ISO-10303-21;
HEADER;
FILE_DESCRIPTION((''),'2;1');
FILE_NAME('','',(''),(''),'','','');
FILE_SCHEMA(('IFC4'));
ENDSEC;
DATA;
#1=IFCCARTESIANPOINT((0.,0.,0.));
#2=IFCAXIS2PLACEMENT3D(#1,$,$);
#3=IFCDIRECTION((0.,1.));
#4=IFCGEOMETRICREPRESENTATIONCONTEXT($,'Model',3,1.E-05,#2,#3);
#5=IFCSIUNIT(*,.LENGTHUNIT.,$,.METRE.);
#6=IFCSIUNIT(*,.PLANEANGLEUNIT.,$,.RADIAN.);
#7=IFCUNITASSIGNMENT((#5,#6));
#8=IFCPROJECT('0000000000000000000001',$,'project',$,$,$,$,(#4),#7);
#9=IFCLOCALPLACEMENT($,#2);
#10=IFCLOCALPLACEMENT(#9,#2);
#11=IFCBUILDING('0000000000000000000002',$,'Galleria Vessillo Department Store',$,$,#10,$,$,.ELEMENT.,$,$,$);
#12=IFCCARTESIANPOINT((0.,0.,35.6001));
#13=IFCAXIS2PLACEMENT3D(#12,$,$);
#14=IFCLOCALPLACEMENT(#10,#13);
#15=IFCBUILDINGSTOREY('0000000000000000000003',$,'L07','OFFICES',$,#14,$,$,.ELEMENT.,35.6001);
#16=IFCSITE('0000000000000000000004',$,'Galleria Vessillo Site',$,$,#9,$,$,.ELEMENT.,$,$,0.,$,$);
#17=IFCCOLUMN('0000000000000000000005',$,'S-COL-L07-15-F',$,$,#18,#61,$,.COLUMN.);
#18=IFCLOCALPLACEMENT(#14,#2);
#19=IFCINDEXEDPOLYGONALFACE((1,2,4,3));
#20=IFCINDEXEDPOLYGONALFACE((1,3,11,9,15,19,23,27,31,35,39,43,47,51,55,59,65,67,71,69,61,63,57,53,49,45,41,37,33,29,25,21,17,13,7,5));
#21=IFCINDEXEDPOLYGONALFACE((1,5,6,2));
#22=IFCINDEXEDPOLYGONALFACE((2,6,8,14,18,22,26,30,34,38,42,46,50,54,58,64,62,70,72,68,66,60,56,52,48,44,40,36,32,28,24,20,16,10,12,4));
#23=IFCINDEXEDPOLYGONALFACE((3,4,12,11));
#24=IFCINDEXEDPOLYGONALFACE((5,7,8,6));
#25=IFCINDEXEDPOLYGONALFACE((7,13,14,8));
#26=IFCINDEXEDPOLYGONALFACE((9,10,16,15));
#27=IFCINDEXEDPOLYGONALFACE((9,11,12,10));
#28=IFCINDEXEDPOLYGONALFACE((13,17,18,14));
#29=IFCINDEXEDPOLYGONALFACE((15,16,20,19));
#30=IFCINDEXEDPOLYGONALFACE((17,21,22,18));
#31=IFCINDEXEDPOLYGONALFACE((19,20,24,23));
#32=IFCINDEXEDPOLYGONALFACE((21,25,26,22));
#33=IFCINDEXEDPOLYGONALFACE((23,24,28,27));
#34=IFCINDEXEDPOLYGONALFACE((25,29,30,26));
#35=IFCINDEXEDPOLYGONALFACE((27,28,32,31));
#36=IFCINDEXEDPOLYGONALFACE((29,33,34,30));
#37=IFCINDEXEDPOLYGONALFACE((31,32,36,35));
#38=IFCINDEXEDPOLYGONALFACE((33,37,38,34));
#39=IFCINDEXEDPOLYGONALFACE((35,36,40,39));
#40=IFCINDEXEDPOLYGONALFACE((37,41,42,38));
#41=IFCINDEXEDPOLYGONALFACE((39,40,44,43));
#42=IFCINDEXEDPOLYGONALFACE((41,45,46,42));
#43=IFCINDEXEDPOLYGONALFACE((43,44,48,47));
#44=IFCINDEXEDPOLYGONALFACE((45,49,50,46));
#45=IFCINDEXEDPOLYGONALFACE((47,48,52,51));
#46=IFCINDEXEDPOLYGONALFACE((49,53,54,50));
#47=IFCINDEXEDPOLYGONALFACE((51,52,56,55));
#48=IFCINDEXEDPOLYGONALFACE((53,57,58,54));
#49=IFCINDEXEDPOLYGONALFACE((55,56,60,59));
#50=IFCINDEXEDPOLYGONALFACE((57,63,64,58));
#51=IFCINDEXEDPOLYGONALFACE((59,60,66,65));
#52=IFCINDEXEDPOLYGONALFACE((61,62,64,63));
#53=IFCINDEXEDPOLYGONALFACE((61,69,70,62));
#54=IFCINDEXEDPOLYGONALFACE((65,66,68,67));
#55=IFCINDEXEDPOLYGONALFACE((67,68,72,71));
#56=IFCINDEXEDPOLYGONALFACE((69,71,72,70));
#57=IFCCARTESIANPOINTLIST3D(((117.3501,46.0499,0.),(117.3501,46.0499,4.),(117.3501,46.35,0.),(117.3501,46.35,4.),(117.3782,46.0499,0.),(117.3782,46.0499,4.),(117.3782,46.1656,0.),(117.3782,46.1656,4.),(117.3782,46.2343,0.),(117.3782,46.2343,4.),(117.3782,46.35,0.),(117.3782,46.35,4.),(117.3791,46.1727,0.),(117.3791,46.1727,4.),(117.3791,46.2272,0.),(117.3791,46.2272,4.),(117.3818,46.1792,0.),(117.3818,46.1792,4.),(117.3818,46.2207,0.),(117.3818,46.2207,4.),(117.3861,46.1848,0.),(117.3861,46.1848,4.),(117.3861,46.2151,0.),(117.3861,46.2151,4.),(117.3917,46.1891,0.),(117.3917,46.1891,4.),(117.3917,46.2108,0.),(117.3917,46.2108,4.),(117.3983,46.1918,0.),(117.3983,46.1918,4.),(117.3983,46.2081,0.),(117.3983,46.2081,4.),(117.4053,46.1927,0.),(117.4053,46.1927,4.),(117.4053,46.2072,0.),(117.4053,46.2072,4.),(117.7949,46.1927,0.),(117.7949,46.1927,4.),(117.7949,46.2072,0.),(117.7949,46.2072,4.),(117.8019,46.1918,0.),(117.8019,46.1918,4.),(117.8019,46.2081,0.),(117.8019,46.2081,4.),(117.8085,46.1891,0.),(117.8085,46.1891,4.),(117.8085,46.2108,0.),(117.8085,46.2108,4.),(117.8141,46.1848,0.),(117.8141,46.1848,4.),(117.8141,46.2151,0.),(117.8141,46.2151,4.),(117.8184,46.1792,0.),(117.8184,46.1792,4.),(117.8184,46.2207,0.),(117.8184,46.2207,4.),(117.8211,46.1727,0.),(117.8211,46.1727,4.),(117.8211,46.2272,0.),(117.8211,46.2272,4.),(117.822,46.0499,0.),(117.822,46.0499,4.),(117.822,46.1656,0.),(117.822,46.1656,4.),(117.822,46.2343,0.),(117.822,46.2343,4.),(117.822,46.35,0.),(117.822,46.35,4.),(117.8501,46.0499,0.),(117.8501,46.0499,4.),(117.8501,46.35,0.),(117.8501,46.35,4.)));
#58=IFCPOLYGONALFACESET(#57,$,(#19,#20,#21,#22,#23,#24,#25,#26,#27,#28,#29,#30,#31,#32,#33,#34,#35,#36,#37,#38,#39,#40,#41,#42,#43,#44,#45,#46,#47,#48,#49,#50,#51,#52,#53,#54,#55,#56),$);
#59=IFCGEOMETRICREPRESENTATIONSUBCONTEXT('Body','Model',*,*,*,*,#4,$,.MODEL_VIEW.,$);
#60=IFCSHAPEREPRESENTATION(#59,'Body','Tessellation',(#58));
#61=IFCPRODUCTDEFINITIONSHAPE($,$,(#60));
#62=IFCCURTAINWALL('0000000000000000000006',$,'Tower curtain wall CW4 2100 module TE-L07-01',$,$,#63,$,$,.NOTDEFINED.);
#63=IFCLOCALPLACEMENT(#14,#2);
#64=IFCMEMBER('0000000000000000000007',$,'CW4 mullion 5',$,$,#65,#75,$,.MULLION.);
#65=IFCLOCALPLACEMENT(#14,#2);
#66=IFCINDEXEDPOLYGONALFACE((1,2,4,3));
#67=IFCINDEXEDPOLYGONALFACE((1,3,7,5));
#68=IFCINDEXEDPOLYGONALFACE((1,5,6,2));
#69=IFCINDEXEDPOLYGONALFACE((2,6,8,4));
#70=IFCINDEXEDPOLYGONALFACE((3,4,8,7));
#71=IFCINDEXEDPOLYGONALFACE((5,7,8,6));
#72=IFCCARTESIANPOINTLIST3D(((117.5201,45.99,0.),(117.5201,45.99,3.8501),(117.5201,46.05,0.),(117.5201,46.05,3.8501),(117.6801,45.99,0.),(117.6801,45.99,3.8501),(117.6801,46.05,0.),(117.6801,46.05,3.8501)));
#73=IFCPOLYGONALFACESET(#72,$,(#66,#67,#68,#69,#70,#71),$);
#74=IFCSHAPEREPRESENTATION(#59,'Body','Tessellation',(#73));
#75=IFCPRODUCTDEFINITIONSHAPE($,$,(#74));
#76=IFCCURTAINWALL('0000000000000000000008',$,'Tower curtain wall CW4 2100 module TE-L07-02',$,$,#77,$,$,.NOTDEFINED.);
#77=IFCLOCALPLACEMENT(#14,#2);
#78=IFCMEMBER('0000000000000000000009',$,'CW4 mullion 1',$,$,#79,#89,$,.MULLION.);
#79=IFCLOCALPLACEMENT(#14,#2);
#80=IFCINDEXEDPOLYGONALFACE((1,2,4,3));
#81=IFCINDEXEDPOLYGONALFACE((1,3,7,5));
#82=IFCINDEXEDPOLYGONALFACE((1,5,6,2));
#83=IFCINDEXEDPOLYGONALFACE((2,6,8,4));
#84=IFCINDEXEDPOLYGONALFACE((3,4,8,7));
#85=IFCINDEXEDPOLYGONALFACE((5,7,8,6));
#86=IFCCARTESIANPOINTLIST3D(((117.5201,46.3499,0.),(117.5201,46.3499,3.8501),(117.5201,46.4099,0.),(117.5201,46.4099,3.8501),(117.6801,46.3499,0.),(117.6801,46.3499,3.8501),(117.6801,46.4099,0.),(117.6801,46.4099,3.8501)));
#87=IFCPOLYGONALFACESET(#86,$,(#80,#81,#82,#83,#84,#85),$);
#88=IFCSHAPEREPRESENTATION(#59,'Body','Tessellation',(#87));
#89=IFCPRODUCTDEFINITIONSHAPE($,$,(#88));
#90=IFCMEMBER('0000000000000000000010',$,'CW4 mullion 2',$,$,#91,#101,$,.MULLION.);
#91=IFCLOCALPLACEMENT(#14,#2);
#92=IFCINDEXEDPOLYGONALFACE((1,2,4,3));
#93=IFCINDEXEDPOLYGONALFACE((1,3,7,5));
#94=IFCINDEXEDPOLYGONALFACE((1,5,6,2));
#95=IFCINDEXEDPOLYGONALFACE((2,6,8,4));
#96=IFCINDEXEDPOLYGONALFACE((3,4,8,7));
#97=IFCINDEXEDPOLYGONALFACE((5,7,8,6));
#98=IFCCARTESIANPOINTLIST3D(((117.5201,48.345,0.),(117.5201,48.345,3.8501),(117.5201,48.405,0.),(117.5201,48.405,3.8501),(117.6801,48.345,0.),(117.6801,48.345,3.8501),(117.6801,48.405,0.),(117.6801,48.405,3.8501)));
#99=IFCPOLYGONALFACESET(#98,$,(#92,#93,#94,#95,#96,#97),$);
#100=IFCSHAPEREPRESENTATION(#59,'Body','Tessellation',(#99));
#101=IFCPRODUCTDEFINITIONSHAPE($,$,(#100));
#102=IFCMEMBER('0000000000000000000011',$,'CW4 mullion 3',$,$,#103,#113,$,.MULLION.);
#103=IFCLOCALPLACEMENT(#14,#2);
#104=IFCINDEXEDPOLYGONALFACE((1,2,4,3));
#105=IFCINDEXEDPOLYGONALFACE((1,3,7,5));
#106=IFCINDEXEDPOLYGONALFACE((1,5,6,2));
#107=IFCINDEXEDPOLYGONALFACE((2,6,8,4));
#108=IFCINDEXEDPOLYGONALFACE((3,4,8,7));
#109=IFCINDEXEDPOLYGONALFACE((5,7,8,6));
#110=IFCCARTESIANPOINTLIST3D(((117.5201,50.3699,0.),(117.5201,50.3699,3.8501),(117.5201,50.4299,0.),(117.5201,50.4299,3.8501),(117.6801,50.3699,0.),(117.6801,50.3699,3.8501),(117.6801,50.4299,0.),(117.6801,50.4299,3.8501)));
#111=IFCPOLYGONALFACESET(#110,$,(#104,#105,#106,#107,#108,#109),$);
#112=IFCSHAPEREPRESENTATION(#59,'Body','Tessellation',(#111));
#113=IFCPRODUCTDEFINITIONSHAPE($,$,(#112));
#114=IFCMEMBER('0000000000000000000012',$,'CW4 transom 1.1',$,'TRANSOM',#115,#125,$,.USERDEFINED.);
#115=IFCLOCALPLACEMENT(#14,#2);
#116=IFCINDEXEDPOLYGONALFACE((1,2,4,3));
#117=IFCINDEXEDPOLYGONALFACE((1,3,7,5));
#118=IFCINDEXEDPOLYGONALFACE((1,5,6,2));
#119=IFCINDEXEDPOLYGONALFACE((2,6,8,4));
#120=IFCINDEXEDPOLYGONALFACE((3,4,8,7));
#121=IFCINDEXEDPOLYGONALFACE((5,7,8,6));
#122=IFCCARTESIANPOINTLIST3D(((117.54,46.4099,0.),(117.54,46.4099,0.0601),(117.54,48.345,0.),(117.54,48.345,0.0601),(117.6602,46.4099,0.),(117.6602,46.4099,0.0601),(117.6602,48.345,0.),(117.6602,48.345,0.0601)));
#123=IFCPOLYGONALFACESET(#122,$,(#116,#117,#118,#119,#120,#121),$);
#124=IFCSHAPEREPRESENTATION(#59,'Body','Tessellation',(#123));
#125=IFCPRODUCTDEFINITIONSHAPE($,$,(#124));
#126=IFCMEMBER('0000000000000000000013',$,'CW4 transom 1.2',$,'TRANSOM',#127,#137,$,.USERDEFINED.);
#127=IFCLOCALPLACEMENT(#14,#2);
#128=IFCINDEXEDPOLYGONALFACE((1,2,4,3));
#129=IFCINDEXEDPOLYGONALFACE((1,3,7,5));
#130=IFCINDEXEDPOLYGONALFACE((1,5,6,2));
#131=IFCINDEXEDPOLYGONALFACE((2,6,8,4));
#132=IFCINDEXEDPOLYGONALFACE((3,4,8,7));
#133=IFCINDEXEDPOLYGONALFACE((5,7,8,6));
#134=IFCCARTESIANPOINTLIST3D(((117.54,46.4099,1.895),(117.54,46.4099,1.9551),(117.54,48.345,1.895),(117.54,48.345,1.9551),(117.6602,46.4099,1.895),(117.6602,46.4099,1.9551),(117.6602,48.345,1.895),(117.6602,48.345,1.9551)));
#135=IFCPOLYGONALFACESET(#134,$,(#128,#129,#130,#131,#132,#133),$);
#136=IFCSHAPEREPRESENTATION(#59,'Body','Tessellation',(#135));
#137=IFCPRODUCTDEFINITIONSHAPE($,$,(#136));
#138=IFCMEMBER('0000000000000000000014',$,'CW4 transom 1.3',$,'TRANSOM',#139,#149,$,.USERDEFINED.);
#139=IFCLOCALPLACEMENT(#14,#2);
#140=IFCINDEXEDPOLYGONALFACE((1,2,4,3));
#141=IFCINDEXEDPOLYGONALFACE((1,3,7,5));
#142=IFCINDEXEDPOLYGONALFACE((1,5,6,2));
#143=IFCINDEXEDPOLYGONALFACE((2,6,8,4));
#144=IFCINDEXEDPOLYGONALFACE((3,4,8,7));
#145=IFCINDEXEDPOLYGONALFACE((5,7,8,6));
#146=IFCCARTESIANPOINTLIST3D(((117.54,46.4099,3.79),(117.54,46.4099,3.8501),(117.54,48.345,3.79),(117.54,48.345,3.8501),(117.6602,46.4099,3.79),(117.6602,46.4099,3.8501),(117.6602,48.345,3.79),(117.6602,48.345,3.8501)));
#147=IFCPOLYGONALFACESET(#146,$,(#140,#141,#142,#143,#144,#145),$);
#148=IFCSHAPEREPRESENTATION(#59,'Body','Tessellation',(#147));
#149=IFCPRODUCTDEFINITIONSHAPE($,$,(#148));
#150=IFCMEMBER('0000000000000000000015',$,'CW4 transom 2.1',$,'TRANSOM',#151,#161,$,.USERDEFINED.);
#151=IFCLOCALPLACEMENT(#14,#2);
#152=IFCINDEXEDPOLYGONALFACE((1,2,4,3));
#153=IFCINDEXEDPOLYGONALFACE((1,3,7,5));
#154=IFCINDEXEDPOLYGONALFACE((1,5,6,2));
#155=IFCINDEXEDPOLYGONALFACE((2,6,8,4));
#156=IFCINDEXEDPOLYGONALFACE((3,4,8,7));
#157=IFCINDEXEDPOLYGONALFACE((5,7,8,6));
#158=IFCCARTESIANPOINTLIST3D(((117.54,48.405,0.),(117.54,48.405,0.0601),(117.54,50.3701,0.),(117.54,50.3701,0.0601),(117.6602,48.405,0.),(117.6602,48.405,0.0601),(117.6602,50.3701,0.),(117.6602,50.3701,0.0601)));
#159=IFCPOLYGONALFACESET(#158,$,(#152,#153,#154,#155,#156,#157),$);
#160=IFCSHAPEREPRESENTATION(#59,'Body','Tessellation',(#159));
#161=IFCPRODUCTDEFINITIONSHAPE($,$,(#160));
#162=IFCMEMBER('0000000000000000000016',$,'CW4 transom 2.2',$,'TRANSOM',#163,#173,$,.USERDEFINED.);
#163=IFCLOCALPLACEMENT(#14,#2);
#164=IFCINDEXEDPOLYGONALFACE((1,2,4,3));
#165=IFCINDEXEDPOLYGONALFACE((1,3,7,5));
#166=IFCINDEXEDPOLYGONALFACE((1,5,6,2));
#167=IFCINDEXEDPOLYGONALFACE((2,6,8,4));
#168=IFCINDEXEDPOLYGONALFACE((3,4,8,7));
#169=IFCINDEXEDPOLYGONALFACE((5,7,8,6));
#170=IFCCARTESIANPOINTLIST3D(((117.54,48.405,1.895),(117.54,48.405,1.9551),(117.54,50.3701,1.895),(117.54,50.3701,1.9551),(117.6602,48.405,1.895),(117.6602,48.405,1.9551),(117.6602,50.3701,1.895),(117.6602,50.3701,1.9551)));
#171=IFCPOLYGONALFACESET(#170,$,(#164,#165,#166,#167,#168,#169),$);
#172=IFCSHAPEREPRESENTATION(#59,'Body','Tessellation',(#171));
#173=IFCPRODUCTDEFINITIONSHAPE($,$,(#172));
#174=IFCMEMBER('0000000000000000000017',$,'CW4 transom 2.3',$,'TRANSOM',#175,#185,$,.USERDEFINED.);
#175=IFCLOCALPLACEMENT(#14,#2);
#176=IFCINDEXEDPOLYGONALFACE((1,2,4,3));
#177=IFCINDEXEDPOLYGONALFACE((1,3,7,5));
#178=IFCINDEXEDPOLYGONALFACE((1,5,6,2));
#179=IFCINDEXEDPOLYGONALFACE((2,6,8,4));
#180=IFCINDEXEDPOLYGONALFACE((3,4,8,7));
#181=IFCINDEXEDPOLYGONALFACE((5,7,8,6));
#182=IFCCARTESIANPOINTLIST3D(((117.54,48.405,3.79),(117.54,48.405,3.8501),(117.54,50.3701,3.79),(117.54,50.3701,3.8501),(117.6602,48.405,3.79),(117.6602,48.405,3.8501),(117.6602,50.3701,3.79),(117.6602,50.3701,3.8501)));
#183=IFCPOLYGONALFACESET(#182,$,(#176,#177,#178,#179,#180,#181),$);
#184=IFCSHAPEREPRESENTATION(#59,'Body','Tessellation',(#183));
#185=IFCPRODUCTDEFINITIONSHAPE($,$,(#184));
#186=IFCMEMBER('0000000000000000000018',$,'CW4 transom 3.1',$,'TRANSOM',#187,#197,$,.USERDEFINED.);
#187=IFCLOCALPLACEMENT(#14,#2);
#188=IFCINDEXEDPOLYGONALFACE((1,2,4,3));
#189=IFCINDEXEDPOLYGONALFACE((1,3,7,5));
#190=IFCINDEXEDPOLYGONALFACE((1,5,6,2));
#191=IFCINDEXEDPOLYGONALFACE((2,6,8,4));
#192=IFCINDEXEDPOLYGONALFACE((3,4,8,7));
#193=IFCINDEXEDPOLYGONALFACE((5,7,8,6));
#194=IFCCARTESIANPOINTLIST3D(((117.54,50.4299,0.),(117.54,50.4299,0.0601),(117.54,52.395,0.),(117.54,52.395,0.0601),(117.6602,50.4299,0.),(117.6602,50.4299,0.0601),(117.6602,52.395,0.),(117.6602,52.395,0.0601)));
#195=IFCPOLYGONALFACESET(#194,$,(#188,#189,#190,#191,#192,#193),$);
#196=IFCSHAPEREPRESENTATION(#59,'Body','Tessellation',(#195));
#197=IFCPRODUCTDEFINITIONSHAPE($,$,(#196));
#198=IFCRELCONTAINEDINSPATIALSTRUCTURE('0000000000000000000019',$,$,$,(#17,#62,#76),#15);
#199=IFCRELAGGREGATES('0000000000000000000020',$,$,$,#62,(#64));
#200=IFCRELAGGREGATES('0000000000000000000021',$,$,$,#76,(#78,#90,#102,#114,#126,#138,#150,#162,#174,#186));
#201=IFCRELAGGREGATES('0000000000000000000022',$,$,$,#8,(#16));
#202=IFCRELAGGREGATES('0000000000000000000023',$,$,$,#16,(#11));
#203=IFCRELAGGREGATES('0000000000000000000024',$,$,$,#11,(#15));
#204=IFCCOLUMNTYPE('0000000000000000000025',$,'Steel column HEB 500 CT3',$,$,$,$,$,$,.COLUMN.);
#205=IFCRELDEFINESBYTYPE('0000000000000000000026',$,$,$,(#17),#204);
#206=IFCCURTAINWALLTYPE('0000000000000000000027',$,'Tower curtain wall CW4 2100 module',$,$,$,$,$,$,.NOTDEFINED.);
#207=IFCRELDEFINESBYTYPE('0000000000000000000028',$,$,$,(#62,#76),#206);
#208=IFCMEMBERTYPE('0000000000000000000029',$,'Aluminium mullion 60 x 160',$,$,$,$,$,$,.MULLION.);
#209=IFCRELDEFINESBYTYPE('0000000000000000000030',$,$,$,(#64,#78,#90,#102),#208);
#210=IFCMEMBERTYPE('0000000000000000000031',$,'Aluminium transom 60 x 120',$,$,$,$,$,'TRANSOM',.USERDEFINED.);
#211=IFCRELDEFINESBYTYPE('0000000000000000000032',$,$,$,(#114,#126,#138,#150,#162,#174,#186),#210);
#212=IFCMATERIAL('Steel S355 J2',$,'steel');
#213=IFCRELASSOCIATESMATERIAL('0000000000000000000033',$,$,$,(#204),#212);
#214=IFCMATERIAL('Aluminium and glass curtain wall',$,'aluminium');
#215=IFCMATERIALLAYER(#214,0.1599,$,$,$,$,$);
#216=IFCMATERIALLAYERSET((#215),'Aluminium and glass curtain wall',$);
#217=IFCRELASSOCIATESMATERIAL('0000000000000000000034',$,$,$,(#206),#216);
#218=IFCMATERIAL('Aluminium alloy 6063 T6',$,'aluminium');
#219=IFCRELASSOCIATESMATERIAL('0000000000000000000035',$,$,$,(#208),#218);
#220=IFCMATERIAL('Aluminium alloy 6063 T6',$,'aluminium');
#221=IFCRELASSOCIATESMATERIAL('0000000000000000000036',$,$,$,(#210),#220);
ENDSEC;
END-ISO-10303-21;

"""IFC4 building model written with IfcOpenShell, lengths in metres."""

from ifc_helpers import new_model, si_unit, direction, frame, origin, origin_2d, place, context, subcontext, project, spatial, rectangle, i_section, extrude, material, layer, layer_set, material_profile, profile_set, type_object, element, aggregate, save


model = new_model("IFC4")

# Units and contexts
model_context = context("Model", 3, precision=1e-05, world=origin(), true_north=direction((0.0, 1.0)))
body_context = subcontext(model_context, "Body", "Model", "MODEL_VIEW")
ifc_project = project(units=[si_unit("LENGTHUNIT", "METRE"), si_unit("PLANEANGLEUNIT", "RADIAN")], contexts=[model_context])

# Site, building, storey
site_placement = place(None, origin())
site = spatial("IfcSite", under=ifc_project, at=site_placement, Name="Galleria Vessillo Site", CompositionType="ELEMENT", RefElevation=0.0)
building_placement = place(site_placement, origin())
building = spatial("IfcBuilding", under=site, at=building_placement, Name="Galleria Vessillo Department Store", CompositionType="ELEMENT")
storey_placement = place(building_placement, frame((0.0, 0.0, 35.6001)))
storey = spatial("IfcBuildingStorey", under=building, at=storey_placement, Name="L07", Description="OFFICES", CompositionType="ELEMENT", Elevation=35.6001)

# Column
ifc_material_1 = material(Name="Steel S355 J2", Category="steel")
ifc_material_profile_1 = material_profile(ifc_material_1, i_section(OverallWidth=0.3, OverallDepth=0.5, WebThickness=0.0144, FlangeThickness=0.0281, FilletRadius=0.0271, at=origin_2d()), Name="HEB 500")
ifc_profile_set_1 = profile_set([ifc_material_profile_1], Name="Steel S355 J2")
column_type = type_object("IfcColumnType", Name="Steel column HEB 500 CT3", PredefinedType="COLUMN", material=ifc_profile_set_1)
column_placement = place(storey_placement, frame((117.6001, 46.2, 0.0), z_axis=(0.0, 0.0, 1.0), x_axis=(0.0, 1.0, 0.0)))
element("IfcColumn", 1, at=column_placement, inside=storey, type_object=column_type, Name="S-COL-L07-15-F", PredefinedType="COLUMN", context=body_context, shape_type="SweptSolid", body=[
    extrude(i_section(OverallWidth=0.3, OverallDepth=0.5, WebThickness=0.0144, FlangeThickness=0.0281, FilletRadius=0.0271, at=origin_2d()), origin(), (0.0, 0.0, 1.0), 4.0),
])

# Curtain wall, member
ifc_material_2 = material(Name="Aluminium and glass curtain wall", Category="aluminium")
ifc_layer_1 = layer(ifc_material_2, 0.1599)
ifc_layer_set_1 = layer_set([ifc_layer_1], Name="Aluminium and glass curtain wall")
curtain_wall_type = type_object("IfcCurtainWallType", Name="Tower curtain wall CW4 2100 module", PredefinedType="NOTDEFINED", material=ifc_layer_set_1)
curtain_wall_1_placement = place(storey_placement, origin())
curtain_wall_1 = element("IfcCurtainWall", 2, at=curtain_wall_1_placement, inside=storey, type_object=curtain_wall_type, Name="Tower curtain wall CW4 2100 module TE-L07-01", PredefinedType="NOTDEFINED")
ifc_material_3 = material(Name="Aluminium alloy 6063 T6", Category="aluminium")
ifc_material_profile_2 = material_profile(ifc_material_3, rectangle(XDim=0.1599, YDim=0.0601, at=origin_2d()), Name="AL 60x160")
ifc_profile_set_2 = profile_set([ifc_material_profile_2], Name="Aluminium alloy 6063 T6")
member_type_1 = type_object("IfcMemberType", Name="Aluminium mullion 60 x 160", PredefinedType="MULLION", material=ifc_profile_set_2)
member_1_placement = place(storey_placement, frame((117.6001, 46.02, 0.0), z_axis=(0.0, 0.0, 1.0), x_axis=(-1.0, 0.0, 0.0)))
member_1 = element("IfcMember", 3, at=member_1_placement, type_object=member_type_1, Name="CW4 mullion 5", PredefinedType="MULLION", context=body_context, shape_type="SweptSolid", body=[
    extrude(rectangle(XDim=0.1599, YDim=0.0601, at=origin_2d()), origin(), (0.0, 0.0, 1.0), 3.8501),
])
aggregate(curtain_wall_1, [member_1])

# Curtain wall, members
curtain_wall_2_placement = place(storey_placement, origin())
curtain_wall_2 = element("IfcCurtainWall", 4, at=curtain_wall_2_placement, inside=storey, type_object=curtain_wall_type, Name="Tower curtain wall CW4 2100 module TE-L07-02", PredefinedType="NOTDEFINED")
member_2_placement = place(storey_placement, frame((117.6001, 46.3799, 0.0), z_axis=(0.0, 0.0, 1.0), x_axis=(-1.0, 0.0, 0.0)))
member_2 = element("IfcMember", 5, at=member_2_placement, type_object=member_type_1, Name="CW4 mullion 1", PredefinedType="MULLION", context=body_context, shape_type="SweptSolid", body=[
    extrude(rectangle(XDim=0.1599, YDim=0.0601, at=origin_2d()), origin(), (0.0, 0.0, 1.0), 3.8501),
])
member_3_placement = place(storey_placement, frame((117.6001, 48.375, 0.0), z_axis=(0.0, 0.0, 1.0), x_axis=(-1.0, 0.0, 0.0)))
member_3 = element("IfcMember", 6, at=member_3_placement, type_object=member_type_1, Name="CW4 mullion 2", PredefinedType="MULLION", context=body_context, shape_type="SweptSolid", body=[
    extrude(rectangle(XDim=0.1599, YDim=0.0601, at=origin_2d()), origin(), (0.0, 0.0, 1.0), 3.8501),
])
member_4_placement = place(storey_placement, frame((117.6001, 50.3999, 0.0), z_axis=(0.0, 0.0, 1.0), x_axis=(-1.0, 0.0, 0.0)))
member_4 = element("IfcMember", 7, at=member_4_placement, type_object=member_type_1, Name="CW4 mullion 3", PredefinedType="MULLION", context=body_context, shape_type="SweptSolid", body=[
    extrude(rectangle(XDim=0.1599, YDim=0.0601, at=origin_2d()), origin(), (0.0, 0.0, 1.0), 3.8501),
])
ifc_material_4 = material(Name="Aluminium alloy 6063 T6", Category="aluminium")
ifc_material_profile_3 = material_profile(ifc_material_4, rectangle(XDim=0.1201, YDim=0.0601, at=origin_2d()), Name="AL 60x120")
ifc_profile_set_3 = profile_set([ifc_material_profile_3], Name="Aluminium alloy 6063 T6")
member_type_2 = type_object("IfcMemberType", Name="Aluminium transom 60 x 120", ElementType="TRANSOM", PredefinedType="USERDEFINED", material=ifc_profile_set_3)
member_5_placement = place(storey_placement, frame((117.6001, 46.4099, 0.03), z_axis=(0.0, 1.0, 0.0), x_axis=(-1.0, 0.0, 0.0)))
member_5 = element("IfcMember", 8, at=member_5_placement, type_object=member_type_2, Name="CW4 transom 1.1", ObjectType="TRANSOM", PredefinedType="USERDEFINED", context=body_context, shape_type="SweptSolid", body=[
    extrude(rectangle(XDim=0.1201, YDim=0.0601, at=origin_2d()), origin(), (0.0, 0.0, 1.0), 1.9351),
])
member_6_placement = place(storey_placement, frame((117.6001, 46.4099, 1.925), z_axis=(0.0, 1.0, 0.0), x_axis=(-1.0, 0.0, 0.0)))
member_6 = element("IfcMember", 9, at=member_6_placement, type_object=member_type_2, Name="CW4 transom 1.2", ObjectType="TRANSOM", PredefinedType="USERDEFINED", context=body_context, shape_type="SweptSolid", body=[
    extrude(rectangle(XDim=0.1201, YDim=0.0601, at=origin_2d()), origin(), (0.0, 0.0, 1.0), 1.9351),
])
member_7_placement = place(storey_placement, frame((117.6001, 46.4099, 3.8201), z_axis=(0.0, 1.0, 0.0), x_axis=(-1.0, 0.0, 0.0)))
member_7 = element("IfcMember", 10, at=member_7_placement, type_object=member_type_2, Name="CW4 transom 1.3", ObjectType="TRANSOM", PredefinedType="USERDEFINED", context=body_context, shape_type="SweptSolid", body=[
    extrude(rectangle(XDim=0.1201, YDim=0.0601, at=origin_2d()), origin(), (0.0, 0.0, 1.0), 1.9351),
])
member_8_placement = place(storey_placement, frame((117.6001, 48.405, 0.03), z_axis=(0.0, 1.0, 0.0), x_axis=(-1.0, 0.0, 0.0)))
member_8 = element("IfcMember", 11, at=member_8_placement, type_object=member_type_2, Name="CW4 transom 2.1", ObjectType="TRANSOM", PredefinedType="USERDEFINED", context=body_context, shape_type="SweptSolid", body=[
    extrude(rectangle(XDim=0.1201, YDim=0.0601, at=origin_2d()), origin(), (0.0, 0.0, 1.0), 1.9651),
])
member_9_placement = place(storey_placement, frame((117.6001, 48.405, 1.925), z_axis=(0.0, 1.0, 0.0), x_axis=(-1.0, 0.0, 0.0)))
member_9 = element("IfcMember", 12, at=member_9_placement, type_object=member_type_2, Name="CW4 transom 2.2", ObjectType="TRANSOM", PredefinedType="USERDEFINED", context=body_context, shape_type="SweptSolid", body=[
    extrude(rectangle(XDim=0.1201, YDim=0.0601, at=origin_2d()), origin(), (0.0, 0.0, 1.0), 1.9651),
])
member_10_placement = place(storey_placement, frame((117.6001, 48.405, 3.8201), z_axis=(0.0, 1.0, 0.0), x_axis=(-1.0, 0.0, 0.0)))
member_10 = element("IfcMember", 13, at=member_10_placement, type_object=member_type_2, Name="CW4 transom 2.3", ObjectType="TRANSOM", PredefinedType="USERDEFINED", context=body_context, shape_type="SweptSolid", body=[
    extrude(rectangle(XDim=0.1201, YDim=0.0601, at=origin_2d()), origin(), (0.0, 0.0, 1.0), 1.9651),
])
member_11_placement = place(storey_placement, frame((117.6001, 50.4299, 0.03), z_axis=(0.0, 1.0, 0.0), x_axis=(-1.0, 0.0, 0.0)))
member_11 = element("IfcMember", 14, at=member_11_placement, type_object=member_type_2, Name="CW4 transom 3.1", ObjectType="TRANSOM", PredefinedType="USERDEFINED", context=body_context, shape_type="SweptSolid", body=[
    extrude(rectangle(XDim=0.1201, YDim=0.0601, at=origin_2d()), origin(), (0.0, 0.0, 1.0), 1.9651),
])

aggregate(curtain_wall_2, [member_2, member_3, member_4, member_5, member_6, member_7, member_8, member_9, member_10, member_11])

save(model, "model.ifc")
